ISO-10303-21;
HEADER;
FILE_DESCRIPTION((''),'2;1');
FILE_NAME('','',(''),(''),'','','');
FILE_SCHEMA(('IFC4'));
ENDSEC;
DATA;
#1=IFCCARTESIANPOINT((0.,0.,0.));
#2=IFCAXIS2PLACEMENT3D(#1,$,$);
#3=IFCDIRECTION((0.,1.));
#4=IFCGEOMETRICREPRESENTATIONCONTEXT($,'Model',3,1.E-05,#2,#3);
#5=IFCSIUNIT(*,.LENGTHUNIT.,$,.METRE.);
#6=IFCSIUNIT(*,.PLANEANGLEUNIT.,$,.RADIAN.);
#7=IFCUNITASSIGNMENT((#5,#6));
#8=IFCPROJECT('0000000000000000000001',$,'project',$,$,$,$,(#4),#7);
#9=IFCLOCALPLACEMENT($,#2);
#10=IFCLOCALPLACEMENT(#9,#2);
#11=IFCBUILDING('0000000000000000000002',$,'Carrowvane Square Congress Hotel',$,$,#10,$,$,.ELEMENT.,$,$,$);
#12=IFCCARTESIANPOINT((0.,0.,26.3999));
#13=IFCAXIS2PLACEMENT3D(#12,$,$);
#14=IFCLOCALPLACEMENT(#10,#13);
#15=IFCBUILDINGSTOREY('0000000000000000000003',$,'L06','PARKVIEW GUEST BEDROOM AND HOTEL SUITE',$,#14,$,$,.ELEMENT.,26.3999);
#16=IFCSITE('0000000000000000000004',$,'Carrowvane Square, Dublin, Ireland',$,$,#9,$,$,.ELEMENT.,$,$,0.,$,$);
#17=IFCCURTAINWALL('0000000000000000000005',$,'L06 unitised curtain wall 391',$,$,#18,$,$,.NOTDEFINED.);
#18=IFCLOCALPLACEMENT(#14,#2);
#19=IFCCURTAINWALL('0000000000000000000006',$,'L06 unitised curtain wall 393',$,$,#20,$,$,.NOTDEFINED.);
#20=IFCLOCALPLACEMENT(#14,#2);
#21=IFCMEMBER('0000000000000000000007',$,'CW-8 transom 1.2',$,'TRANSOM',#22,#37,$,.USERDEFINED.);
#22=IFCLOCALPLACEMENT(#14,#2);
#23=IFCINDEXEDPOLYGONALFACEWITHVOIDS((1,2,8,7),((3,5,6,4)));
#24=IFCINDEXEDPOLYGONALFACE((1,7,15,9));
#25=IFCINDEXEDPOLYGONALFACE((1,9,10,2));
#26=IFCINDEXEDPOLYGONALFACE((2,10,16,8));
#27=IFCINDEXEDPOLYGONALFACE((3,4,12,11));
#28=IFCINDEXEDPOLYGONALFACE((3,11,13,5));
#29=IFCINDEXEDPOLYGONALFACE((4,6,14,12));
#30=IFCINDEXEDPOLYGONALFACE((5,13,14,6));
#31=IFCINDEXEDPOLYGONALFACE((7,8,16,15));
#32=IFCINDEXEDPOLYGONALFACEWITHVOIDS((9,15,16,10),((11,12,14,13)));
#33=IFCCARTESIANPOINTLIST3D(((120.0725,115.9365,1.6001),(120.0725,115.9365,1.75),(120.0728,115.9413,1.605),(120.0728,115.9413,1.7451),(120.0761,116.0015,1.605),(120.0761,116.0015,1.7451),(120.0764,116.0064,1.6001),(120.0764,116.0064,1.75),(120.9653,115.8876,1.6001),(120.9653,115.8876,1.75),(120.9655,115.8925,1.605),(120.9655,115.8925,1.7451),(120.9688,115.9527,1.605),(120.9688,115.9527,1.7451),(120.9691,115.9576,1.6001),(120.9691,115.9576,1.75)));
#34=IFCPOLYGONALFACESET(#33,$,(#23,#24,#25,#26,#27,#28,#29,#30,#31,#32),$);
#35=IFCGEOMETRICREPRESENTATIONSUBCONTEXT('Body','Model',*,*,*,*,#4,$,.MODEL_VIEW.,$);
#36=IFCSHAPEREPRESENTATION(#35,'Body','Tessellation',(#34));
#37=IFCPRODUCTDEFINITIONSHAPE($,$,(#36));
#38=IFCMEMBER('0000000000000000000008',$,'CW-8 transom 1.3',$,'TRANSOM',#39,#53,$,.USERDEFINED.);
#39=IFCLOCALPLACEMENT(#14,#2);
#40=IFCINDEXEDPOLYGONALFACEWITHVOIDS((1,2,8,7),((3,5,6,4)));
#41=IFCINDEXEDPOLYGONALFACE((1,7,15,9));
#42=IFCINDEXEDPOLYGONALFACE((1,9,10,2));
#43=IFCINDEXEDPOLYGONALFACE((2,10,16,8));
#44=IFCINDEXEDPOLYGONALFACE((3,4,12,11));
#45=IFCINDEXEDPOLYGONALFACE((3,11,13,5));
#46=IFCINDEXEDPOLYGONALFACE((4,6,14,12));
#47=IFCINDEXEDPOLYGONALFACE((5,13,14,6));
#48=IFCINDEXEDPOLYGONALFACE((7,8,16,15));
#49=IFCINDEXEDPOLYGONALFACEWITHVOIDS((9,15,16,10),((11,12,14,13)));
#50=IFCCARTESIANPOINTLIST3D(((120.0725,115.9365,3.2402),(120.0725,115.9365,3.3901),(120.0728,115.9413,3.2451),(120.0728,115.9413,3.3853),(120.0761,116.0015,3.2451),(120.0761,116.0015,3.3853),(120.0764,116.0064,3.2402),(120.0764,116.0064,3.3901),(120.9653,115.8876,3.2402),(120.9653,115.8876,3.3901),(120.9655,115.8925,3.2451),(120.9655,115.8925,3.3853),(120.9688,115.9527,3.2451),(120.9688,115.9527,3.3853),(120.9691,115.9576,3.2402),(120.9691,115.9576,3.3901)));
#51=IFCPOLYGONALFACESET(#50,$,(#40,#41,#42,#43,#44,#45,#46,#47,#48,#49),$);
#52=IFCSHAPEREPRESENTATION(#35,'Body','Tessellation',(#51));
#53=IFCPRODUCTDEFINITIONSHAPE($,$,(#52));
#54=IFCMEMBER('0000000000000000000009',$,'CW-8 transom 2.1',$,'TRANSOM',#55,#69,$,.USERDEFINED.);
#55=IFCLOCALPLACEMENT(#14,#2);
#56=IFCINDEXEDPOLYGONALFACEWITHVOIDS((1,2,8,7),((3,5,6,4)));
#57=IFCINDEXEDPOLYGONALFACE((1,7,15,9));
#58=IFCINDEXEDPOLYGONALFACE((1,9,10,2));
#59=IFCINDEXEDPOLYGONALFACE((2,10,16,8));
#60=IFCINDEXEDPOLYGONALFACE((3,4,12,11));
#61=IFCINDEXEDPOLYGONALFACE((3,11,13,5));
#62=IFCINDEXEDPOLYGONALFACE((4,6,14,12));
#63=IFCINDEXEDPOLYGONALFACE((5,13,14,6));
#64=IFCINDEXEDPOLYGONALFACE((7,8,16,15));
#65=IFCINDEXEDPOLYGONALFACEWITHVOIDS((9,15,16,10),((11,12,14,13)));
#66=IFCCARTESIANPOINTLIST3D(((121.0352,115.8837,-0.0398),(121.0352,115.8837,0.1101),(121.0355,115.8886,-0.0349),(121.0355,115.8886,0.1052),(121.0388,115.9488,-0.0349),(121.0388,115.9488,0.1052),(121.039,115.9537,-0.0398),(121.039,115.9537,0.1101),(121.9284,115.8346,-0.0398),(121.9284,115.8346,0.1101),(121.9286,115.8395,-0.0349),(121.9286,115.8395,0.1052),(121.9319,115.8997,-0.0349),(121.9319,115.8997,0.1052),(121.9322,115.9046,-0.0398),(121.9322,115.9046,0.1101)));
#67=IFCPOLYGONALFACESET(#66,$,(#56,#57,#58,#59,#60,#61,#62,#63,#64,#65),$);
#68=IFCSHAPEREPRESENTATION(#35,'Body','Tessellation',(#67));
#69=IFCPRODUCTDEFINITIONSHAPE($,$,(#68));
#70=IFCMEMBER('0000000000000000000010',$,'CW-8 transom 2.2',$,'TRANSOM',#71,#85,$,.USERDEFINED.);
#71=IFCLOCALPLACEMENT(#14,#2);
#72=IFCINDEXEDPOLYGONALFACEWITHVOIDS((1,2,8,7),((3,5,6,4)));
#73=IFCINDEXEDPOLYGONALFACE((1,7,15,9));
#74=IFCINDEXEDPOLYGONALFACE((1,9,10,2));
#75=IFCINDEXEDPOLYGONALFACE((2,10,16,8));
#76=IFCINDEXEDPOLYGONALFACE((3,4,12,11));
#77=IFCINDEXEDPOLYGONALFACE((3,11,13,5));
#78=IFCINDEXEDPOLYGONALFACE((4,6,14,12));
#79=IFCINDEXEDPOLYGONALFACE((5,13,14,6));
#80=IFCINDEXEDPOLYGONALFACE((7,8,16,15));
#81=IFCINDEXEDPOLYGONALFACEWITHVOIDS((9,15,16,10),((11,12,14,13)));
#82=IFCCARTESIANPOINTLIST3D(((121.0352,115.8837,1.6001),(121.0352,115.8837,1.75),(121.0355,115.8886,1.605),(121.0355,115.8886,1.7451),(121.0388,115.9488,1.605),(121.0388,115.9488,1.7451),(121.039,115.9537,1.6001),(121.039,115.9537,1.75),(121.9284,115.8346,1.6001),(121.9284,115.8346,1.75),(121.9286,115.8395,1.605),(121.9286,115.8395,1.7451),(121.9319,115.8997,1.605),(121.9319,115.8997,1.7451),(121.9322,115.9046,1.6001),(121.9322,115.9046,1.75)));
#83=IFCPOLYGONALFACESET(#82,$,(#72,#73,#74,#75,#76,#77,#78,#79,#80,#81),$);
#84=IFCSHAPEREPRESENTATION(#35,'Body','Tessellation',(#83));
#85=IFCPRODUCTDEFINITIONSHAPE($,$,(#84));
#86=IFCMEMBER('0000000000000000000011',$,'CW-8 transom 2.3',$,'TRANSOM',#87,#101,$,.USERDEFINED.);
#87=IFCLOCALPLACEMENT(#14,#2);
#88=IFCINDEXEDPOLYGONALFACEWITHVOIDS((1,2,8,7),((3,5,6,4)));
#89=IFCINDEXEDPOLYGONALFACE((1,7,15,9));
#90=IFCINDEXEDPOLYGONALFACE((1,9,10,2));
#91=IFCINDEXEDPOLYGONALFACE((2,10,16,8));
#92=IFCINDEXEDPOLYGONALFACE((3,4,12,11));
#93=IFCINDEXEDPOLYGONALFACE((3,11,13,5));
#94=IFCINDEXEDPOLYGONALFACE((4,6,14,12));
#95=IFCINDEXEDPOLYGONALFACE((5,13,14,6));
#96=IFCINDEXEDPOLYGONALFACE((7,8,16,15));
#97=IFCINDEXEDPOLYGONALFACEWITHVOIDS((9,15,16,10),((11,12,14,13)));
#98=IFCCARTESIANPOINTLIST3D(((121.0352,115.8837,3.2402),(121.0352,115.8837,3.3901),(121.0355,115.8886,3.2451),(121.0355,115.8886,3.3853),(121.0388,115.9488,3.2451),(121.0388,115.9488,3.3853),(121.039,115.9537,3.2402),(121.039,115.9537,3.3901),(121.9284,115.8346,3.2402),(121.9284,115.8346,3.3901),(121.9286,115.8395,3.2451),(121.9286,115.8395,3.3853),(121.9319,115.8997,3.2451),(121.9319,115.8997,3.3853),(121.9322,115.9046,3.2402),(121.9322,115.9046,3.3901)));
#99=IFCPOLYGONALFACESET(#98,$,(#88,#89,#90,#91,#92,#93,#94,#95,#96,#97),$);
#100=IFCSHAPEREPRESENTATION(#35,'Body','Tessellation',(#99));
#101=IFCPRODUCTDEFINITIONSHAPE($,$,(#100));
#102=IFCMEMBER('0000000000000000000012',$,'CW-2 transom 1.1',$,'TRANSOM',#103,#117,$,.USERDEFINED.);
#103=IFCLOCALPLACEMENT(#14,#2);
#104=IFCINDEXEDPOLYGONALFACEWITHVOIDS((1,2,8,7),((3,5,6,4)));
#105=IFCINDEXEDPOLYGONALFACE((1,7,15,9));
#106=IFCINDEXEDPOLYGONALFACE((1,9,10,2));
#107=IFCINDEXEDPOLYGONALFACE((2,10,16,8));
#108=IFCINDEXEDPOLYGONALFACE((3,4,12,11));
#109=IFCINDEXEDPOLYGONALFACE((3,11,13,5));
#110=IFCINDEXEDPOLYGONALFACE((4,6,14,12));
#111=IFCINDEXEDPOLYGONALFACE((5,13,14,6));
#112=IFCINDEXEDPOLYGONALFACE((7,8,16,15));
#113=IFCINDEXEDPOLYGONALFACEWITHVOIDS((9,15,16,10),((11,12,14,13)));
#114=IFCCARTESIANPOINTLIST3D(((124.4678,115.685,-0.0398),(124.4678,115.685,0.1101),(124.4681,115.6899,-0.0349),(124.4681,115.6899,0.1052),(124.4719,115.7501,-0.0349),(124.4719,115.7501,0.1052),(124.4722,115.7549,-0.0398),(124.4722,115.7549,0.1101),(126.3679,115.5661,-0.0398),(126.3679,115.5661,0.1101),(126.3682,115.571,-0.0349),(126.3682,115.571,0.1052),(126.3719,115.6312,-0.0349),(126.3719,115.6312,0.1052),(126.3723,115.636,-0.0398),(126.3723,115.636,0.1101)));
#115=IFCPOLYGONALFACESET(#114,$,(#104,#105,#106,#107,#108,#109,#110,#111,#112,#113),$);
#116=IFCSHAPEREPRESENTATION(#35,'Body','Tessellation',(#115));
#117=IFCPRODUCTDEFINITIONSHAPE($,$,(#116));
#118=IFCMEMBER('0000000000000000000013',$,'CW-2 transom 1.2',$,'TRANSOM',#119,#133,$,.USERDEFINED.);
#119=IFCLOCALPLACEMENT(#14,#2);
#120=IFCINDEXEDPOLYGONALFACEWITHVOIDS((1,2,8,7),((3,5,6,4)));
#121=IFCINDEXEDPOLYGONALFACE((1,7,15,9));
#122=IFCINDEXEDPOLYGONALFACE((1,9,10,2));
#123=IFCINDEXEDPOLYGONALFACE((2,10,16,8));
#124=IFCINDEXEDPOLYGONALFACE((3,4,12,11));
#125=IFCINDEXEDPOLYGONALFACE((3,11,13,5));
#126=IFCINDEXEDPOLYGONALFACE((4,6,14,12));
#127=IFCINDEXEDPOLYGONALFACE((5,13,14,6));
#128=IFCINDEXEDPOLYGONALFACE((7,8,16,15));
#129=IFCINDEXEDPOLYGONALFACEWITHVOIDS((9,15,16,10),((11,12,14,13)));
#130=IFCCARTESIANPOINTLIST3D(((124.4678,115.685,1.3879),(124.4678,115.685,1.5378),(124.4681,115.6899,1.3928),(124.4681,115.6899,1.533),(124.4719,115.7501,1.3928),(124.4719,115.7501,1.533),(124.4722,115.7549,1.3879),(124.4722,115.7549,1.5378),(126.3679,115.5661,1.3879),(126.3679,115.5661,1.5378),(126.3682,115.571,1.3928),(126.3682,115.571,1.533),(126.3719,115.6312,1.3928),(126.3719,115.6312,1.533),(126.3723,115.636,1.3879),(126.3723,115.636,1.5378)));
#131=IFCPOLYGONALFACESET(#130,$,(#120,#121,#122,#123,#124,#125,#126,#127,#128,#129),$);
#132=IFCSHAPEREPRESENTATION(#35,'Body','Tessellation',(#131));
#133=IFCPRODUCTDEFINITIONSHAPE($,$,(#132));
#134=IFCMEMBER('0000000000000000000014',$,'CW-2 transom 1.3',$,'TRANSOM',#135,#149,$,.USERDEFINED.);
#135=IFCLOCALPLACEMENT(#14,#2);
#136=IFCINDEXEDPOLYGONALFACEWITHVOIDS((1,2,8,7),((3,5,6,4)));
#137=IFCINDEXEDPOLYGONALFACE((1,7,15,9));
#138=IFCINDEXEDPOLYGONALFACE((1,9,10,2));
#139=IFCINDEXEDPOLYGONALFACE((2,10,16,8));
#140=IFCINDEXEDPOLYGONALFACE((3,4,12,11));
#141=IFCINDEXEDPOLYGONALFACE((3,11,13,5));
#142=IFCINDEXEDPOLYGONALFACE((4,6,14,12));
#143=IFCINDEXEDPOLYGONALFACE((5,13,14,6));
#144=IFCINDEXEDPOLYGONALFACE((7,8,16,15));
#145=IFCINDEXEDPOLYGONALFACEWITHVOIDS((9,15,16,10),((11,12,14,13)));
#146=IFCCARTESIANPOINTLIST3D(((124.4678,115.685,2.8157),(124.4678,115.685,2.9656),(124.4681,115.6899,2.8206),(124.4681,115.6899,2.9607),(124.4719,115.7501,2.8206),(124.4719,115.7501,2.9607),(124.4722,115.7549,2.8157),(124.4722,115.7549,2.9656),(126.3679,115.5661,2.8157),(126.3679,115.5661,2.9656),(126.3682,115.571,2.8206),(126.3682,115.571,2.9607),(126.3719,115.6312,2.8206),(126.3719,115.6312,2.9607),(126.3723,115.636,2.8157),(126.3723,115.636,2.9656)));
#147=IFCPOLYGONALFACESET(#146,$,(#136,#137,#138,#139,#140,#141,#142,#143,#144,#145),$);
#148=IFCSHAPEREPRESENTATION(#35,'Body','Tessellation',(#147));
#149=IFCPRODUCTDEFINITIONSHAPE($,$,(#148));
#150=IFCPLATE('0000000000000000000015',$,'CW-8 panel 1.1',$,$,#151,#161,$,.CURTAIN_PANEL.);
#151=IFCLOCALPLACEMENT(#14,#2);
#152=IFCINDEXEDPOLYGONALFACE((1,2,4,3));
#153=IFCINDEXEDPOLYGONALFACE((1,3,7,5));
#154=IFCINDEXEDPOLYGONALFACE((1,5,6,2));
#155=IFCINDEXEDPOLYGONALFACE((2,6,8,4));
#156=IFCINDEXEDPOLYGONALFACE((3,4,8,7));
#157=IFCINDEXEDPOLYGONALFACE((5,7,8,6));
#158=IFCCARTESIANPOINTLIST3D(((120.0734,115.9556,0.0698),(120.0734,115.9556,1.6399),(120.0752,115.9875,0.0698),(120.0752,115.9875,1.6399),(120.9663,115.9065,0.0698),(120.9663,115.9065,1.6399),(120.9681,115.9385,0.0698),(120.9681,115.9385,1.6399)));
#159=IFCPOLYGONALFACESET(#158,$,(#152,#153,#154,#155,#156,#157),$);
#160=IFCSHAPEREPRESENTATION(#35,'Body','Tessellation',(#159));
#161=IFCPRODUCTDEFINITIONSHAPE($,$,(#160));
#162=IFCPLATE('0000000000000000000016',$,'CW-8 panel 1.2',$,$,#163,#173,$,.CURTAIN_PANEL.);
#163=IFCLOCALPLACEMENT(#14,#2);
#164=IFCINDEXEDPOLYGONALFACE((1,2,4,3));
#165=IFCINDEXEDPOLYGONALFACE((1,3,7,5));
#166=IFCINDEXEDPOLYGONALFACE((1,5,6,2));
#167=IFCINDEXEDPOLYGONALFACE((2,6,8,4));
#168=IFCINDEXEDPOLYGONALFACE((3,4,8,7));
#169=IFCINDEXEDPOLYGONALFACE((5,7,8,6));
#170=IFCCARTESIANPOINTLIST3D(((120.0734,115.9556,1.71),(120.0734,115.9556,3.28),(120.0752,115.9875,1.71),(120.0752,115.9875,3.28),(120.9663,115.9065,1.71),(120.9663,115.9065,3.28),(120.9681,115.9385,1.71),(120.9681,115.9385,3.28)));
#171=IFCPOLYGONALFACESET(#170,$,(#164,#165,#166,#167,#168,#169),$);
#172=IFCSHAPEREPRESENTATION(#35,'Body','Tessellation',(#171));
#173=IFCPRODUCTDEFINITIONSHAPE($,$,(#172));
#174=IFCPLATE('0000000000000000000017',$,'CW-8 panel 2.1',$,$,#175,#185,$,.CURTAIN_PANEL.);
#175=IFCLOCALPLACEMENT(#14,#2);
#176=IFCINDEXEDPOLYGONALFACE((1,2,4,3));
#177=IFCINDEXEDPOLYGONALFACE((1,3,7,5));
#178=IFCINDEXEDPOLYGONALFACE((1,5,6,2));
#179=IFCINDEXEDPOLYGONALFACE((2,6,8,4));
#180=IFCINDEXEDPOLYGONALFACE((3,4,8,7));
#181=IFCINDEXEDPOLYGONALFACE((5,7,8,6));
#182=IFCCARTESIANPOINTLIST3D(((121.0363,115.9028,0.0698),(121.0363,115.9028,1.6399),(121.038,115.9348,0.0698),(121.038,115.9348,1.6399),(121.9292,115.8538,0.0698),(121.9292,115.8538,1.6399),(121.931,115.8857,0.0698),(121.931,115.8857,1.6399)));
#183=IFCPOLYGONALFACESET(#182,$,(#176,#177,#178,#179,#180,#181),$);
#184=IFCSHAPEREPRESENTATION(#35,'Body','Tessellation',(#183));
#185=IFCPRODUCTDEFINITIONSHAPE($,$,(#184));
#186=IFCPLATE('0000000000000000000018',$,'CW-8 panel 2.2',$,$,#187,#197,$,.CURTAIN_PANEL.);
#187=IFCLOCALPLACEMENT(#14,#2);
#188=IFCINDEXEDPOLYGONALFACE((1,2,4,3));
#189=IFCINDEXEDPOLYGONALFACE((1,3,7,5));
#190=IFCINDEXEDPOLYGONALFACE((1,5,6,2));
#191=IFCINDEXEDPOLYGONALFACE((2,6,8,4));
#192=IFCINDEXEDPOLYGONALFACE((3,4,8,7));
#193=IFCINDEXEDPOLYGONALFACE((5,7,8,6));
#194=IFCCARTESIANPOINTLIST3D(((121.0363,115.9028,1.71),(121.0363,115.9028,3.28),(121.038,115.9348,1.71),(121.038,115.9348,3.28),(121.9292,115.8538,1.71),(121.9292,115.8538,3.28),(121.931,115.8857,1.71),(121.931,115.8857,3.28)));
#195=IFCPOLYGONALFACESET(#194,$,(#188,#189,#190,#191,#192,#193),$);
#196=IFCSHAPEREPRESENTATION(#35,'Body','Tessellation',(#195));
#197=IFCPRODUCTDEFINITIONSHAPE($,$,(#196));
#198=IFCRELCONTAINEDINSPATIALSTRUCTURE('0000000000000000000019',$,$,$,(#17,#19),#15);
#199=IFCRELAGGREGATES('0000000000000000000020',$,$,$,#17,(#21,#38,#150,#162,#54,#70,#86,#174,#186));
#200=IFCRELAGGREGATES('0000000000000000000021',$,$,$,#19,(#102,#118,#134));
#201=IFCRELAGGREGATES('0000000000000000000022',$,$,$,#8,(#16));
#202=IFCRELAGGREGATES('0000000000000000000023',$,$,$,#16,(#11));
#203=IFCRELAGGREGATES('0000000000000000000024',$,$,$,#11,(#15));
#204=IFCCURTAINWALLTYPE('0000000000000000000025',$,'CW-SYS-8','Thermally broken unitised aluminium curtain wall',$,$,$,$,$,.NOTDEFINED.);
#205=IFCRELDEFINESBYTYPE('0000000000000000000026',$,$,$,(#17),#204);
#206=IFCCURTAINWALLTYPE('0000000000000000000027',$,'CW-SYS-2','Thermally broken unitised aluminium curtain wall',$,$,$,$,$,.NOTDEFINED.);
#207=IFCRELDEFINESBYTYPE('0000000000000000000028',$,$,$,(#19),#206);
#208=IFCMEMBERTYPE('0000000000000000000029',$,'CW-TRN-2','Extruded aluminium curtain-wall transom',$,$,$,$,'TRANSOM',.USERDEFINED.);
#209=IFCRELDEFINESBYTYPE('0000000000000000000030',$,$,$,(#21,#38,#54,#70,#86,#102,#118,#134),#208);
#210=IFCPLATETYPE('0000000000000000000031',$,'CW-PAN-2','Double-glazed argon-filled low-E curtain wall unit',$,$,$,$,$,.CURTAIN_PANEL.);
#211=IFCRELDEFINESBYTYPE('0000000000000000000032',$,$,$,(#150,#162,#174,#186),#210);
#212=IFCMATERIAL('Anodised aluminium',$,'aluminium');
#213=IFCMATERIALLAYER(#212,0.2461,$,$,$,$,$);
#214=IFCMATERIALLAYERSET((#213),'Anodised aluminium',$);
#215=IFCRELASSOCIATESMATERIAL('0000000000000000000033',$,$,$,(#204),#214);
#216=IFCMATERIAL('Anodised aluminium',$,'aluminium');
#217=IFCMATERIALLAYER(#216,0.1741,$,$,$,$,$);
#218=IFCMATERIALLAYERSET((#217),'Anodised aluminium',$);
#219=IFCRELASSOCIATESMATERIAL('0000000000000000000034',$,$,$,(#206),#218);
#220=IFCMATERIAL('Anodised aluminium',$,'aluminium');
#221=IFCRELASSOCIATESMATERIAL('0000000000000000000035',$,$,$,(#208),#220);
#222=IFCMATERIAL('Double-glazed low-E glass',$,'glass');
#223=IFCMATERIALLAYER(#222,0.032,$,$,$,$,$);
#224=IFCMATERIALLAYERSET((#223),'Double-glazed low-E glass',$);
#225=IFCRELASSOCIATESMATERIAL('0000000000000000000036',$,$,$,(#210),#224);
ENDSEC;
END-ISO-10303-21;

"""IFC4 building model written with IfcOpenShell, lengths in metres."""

from ifc_helpers import new_model, si_unit, direction, frame, origin, origin_2d, place, context, subcontext, project, spatial, rectangle, hollow_rectangle, extrude, material, layer, layer_set, material_profile, profile_set, type_object, element, aggregate, save


model = new_model("IFC4")

# Units and contexts
model_context = context("Model", 3, precision=1e-05, world=origin(), true_north=direction((0.0, 1.0)))
body_context = subcontext(model_context, "Body", "Model", "MODEL_VIEW")
ifc_project = project(units=[si_unit("LENGTHUNIT", "METRE"), si_unit("PLANEANGLEUNIT", "RADIAN")], contexts=[model_context])

# Site, building, storey
site_placement = place(None, origin())
site = spatial("IfcSite", under=ifc_project, at=site_placement, Name="Carrowvane Square, Dublin, Ireland", CompositionType="ELEMENT", RefElevation=0.0)
building_placement = place(site_placement, origin())
building = spatial("IfcBuilding", under=site, at=building_placement, Name="Carrowvane Square Congress Hotel", CompositionType="ELEMENT")
storey_placement = place(building_placement, frame((0.0, 0.0, 26.3999)))
storey = spatial("IfcBuildingStorey", under=building, at=storey_placement, Name="L06", Description="PARKVIEW GUEST BEDROOM AND HOTEL SUITE", CompositionType="ELEMENT", Elevation=26.3999)

# Curtain walls
ifc_material_1 = material(Name="Anodised aluminium", Category="aluminium")
ifc_layer_1 = layer(ifc_material_1, 0.2461)
ifc_layer_set_1 = layer_set([ifc_layer_1], Name="Anodised aluminium")
curtain_wall_type_1 = type_object("IfcCurtainWallType", Name="CW-SYS-8", Description="Thermally broken unitised aluminium curtain wall", PredefinedType="NOTDEFINED", material=ifc_layer_set_1)
curtain_wall_1_placement = place(storey_placement, origin())
curtain_wall_1 = element("IfcCurtainWall", 1, at=curtain_wall_1_placement, inside=storey, type_object=curtain_wall_type_1, Name="L06 unitised curtain wall 391", PredefinedType="NOTDEFINED")
ifc_material_2 = material(Name="Anodised aluminium", Category="aluminium")
ifc_layer_2 = layer(ifc_material_2, 0.1741)
ifc_layer_set_2 = layer_set([ifc_layer_2], Name="Anodised aluminium")
curtain_wall_type_2 = type_object("IfcCurtainWallType", Name="CW-SYS-2", Description="Thermally broken unitised aluminium curtain wall", PredefinedType="NOTDEFINED", material=ifc_layer_set_2)
curtain_wall_2_placement = place(storey_placement, origin())
curtain_wall_2 = element("IfcCurtainWall", 2, at=curtain_wall_2_placement, inside=storey, type_object=curtain_wall_type_2, Name="L06 unitised curtain wall 393", PredefinedType="NOTDEFINED")

# Members
ifc_material_3 = material(Name="Anodised aluminium", Category="aluminium")
ifc_material_profile_1 = material_profile(ifc_material_3, hollow_rectangle(XDim=0.0701, YDim=0.1499, WallThickness=0.0049, at=origin_2d()), Name="CW-TR 70x150x5")
ifc_profile_set_1 = profile_set([ifc_material_profile_1], Name="Anodised aluminium")
member_type_1 = type_object("IfcMemberType", Name="CW-TRN-2", Description="Extruded aluminium curtain-wall transom", ElementType="TRANSOM", PredefinedType="USERDEFINED", material=ifc_profile_set_1)
member_1_placement = place(storey_placement, frame((120.0745, 115.9714, 1.675), z_axis=(0.998508, -0.054608, 0.0), x_axis=(0.054608, 0.998508, 0.0)))
member_1 = element("IfcMember", 3, at=member_1_placement, type_object=member_type_1, Name="CW-8 transom 1.2", ObjectType="TRANSOM", PredefinedType="USERDEFINED", context=body_context, shape_type="SweptSolid", body=[
    extrude(hollow_rectangle(XDim=0.0701, YDim=0.1499, WallThickness=0.0049, at=origin_2d()), origin(), (0.0, 0.0, 1.0), 0.894),
])
member_2_placement = place(storey_placement, frame((120.0745, 115.9714, 3.3152), z_axis=(0.998508, -0.054608, 0.0), x_axis=(0.054608, 0.998508, 0.0)))
member_2 = element("IfcMember", 4, at=member_2_placement, type_object=member_type_1, Name="CW-8 transom 1.3", ObjectType="TRANSOM", PredefinedType="USERDEFINED", context=body_context, shape_type="SweptSolid", body=[
    extrude(hollow_rectangle(XDim=0.0701, YDim=0.1499, WallThickness=0.0049, at=origin_2d()), origin(), (0.0, 0.0, 1.0), 0.894),
])
member_3_placement = place(storey_placement, frame((121.0371, 115.9187, 0.0352), z_axis=(0.998494, -0.054865, 0.0), x_axis=(0.054865, 0.998494, 0.0)))
member_3 = element("IfcMember", 5, at=member_3_placement, type_object=member_type_1, Name="CW-8 transom 2.1", ObjectType="TRANSOM", PredefinedType="USERDEFINED", context=body_context, shape_type="SweptSolid", body=[
    extrude(hollow_rectangle(XDim=0.0701, YDim=0.1499, WallThickness=0.0049, at=origin_2d()), origin(), (0.0, 0.0, 1.0), 0.8945),
])
member_4_placement = place(storey_placement, frame((121.0371, 115.9187, 1.675), z_axis=(0.998494, -0.054865, 0.0), x_axis=(0.054865, 0.998494, 0.0)))
member_4 = element("IfcMember", 6, at=member_4_placement, type_object=member_type_1, Name="CW-8 transom 2.2", ObjectType="TRANSOM", PredefinedType="USERDEFINED", context=body_context, shape_type="SweptSolid", body=[
    extrude(hollow_rectangle(XDim=0.0701, YDim=0.1499, WallThickness=0.0049, at=origin_2d()), origin(), (0.0, 0.0, 1.0), 0.8945),
])
member_5_placement = place(storey_placement, frame((121.0371, 115.9187, 3.3152), z_axis=(0.998494, -0.054865, 0.0), x_axis=(0.054865, 0.998494, 0.0)))
member_5 = element("IfcMember", 7, at=member_5_placement, type_object=member_type_1, Name="CW-8 transom 2.3", ObjectType="TRANSOM", PredefinedType="USERDEFINED", context=body_context, shape_type="SweptSolid", body=[
    extrude(hollow_rectangle(XDim=0.0701, YDim=0.1499, WallThickness=0.0049, at=origin_2d()), origin(), (0.0, 0.0, 1.0), 0.8945),
])
member_6_placement = place(storey_placement, frame((124.47, 115.72, 0.0352), z_axis=(0.998048, -0.06245, 0.0), x_axis=(0.06245, 0.998048, 0.0)))
member_6 = element("IfcMember", 8, at=member_6_placement, type_object=member_type_1, Name="CW-2 transom 1.1", ObjectType="TRANSOM", PredefinedType="USERDEFINED", context=body_context, shape_type="SweptSolid", body=[
    extrude(hollow_rectangle(XDim=0.0701, YDim=0.1499, WallThickness=0.0049, at=origin_2d()), origin(), (0.0, 0.0, 1.0), 1.9038),
])
member_7_placement = place(storey_placement, frame((124.47, 115.72, 1.4629), z_axis=(0.998048, -0.06245, 0.0), x_axis=(0.06245, 0.998048, 0.0)))
member_7 = element("IfcMember", 9, at=member_7_placement, type_object=member_type_1, Name="CW-2 transom 1.2", ObjectType="TRANSOM", PredefinedType="USERDEFINED", context=body_context, shape_type="SweptSolid", body=[
    extrude(hollow_rectangle(XDim=0.0701, YDim=0.1499, WallThickness=0.0049, at=origin_2d()), origin(), (0.0, 0.0, 1.0), 1.9038),
])
member_8_placement = place(storey_placement, frame((124.47, 115.72, 2.8906), z_axis=(0.998048, -0.06245, 0.0), x_axis=(0.06245, 0.998048, 0.0)))
member_8 = element("IfcMember", 10, at=member_8_placement, type_object=member_type_1, Name="CW-2 transom 1.3", ObjectType="TRANSOM", PredefinedType="USERDEFINED", context=body_context, shape_type="SweptSolid", body=[
    extrude(hollow_rectangle(XDim=0.0701, YDim=0.1499, WallThickness=0.0049, at=origin_2d()), origin(), (0.0, 0.0, 1.0), 1.9038),
])

# Plates
ifc_material_4 = material(Name="Double-glazed low-E glass", Category="glass")
ifc_layer_3 = layer(ifc_material_4, 0.032)
ifc_layer_set_3 = layer_set([ifc_layer_3], Name="Double-glazed low-E glass")
plate_type_1 = type_object("IfcPlateType", Name="CW-PAN-2", Description="Double-glazed argon-filled low-E curtain wall unit", PredefinedType="CURTAIN_PANEL", material=ifc_layer_set_3)
plate_1_placement = place(storey_placement, frame((120.5208, 115.947, 0.0698), z_axis=(0.0, 0.0, 1.0), x_axis=(0.998496, -0.054816, 0.0)))
plate_1 = element("IfcPlate", 11, at=plate_1_placement, type_object=plate_type_1, Name="CW-8 panel 1.1", PredefinedType="CURTAIN_PANEL", context=body_context, shape_type="SweptSolid", body=[
    extrude(rectangle(XDim=0.8943, YDim=0.032, at=origin_2d()), origin(), (0.0, 0.0, 1.0), 1.5701),
])
plate_2_placement = place(storey_placement, frame((120.5208, 115.947, 1.71), z_axis=(0.0, 0.0, 1.0), x_axis=(0.998496, -0.054816, 0.0)))
plate_2 = element("IfcPlate", 12, at=plate_2_placement, type_object=plate_type_1, Name="CW-8 panel 1.2", PredefinedType="CURTAIN_PANEL", context=body_context, shape_type="SweptSolid", body=[
    extrude(rectangle(XDim=0.8943, YDim=0.032, at=origin_2d()), origin(), (0.0, 0.0, 1.0), 1.5701),
])
plate_3_placement = place(storey_placement, frame((121.4836, 115.8943, 0.0698), z_axis=(0.0, 0.0, 1.0), x_axis=(0.998496, -0.054816, 0.0)))
plate_3 = element("IfcPlate", 13, at=plate_3_placement, type_object=plate_type_1, Name="CW-8 panel 2.1", PredefinedType="CURTAIN_PANEL", context=body_context, shape_type="SweptSolid", body=[
    extrude(rectangle(XDim=0.8943, YDim=0.032, at=origin_2d()), origin(), (0.0, 0.0, 1.0), 1.5701),
])
plate_4_placement = place(storey_placement, frame((121.4836, 115.8943, 1.71), z_axis=(0.0, 0.0, 1.0), x_axis=(0.998496, -0.054816, 0.0)))
plate_4 = element("IfcPlate", 14, at=plate_4_placement, type_object=plate_type_1, Name="CW-8 panel 2.2", PredefinedType="CURTAIN_PANEL", context=body_context, shape_type="SweptSolid", body=[
    extrude(rectangle(XDim=0.8943, YDim=0.032, at=origin_2d()), origin(), (0.0, 0.0, 1.0), 1.5701),
])
aggregate(curtain_wall_1, [member_1, member_2, plate_1, plate_2, member_3, member_4, member_5, plate_3, plate_4])
aggregate(curtain_wall_2, [member_6, member_7, member_8])

save(model, "model.ifc")
